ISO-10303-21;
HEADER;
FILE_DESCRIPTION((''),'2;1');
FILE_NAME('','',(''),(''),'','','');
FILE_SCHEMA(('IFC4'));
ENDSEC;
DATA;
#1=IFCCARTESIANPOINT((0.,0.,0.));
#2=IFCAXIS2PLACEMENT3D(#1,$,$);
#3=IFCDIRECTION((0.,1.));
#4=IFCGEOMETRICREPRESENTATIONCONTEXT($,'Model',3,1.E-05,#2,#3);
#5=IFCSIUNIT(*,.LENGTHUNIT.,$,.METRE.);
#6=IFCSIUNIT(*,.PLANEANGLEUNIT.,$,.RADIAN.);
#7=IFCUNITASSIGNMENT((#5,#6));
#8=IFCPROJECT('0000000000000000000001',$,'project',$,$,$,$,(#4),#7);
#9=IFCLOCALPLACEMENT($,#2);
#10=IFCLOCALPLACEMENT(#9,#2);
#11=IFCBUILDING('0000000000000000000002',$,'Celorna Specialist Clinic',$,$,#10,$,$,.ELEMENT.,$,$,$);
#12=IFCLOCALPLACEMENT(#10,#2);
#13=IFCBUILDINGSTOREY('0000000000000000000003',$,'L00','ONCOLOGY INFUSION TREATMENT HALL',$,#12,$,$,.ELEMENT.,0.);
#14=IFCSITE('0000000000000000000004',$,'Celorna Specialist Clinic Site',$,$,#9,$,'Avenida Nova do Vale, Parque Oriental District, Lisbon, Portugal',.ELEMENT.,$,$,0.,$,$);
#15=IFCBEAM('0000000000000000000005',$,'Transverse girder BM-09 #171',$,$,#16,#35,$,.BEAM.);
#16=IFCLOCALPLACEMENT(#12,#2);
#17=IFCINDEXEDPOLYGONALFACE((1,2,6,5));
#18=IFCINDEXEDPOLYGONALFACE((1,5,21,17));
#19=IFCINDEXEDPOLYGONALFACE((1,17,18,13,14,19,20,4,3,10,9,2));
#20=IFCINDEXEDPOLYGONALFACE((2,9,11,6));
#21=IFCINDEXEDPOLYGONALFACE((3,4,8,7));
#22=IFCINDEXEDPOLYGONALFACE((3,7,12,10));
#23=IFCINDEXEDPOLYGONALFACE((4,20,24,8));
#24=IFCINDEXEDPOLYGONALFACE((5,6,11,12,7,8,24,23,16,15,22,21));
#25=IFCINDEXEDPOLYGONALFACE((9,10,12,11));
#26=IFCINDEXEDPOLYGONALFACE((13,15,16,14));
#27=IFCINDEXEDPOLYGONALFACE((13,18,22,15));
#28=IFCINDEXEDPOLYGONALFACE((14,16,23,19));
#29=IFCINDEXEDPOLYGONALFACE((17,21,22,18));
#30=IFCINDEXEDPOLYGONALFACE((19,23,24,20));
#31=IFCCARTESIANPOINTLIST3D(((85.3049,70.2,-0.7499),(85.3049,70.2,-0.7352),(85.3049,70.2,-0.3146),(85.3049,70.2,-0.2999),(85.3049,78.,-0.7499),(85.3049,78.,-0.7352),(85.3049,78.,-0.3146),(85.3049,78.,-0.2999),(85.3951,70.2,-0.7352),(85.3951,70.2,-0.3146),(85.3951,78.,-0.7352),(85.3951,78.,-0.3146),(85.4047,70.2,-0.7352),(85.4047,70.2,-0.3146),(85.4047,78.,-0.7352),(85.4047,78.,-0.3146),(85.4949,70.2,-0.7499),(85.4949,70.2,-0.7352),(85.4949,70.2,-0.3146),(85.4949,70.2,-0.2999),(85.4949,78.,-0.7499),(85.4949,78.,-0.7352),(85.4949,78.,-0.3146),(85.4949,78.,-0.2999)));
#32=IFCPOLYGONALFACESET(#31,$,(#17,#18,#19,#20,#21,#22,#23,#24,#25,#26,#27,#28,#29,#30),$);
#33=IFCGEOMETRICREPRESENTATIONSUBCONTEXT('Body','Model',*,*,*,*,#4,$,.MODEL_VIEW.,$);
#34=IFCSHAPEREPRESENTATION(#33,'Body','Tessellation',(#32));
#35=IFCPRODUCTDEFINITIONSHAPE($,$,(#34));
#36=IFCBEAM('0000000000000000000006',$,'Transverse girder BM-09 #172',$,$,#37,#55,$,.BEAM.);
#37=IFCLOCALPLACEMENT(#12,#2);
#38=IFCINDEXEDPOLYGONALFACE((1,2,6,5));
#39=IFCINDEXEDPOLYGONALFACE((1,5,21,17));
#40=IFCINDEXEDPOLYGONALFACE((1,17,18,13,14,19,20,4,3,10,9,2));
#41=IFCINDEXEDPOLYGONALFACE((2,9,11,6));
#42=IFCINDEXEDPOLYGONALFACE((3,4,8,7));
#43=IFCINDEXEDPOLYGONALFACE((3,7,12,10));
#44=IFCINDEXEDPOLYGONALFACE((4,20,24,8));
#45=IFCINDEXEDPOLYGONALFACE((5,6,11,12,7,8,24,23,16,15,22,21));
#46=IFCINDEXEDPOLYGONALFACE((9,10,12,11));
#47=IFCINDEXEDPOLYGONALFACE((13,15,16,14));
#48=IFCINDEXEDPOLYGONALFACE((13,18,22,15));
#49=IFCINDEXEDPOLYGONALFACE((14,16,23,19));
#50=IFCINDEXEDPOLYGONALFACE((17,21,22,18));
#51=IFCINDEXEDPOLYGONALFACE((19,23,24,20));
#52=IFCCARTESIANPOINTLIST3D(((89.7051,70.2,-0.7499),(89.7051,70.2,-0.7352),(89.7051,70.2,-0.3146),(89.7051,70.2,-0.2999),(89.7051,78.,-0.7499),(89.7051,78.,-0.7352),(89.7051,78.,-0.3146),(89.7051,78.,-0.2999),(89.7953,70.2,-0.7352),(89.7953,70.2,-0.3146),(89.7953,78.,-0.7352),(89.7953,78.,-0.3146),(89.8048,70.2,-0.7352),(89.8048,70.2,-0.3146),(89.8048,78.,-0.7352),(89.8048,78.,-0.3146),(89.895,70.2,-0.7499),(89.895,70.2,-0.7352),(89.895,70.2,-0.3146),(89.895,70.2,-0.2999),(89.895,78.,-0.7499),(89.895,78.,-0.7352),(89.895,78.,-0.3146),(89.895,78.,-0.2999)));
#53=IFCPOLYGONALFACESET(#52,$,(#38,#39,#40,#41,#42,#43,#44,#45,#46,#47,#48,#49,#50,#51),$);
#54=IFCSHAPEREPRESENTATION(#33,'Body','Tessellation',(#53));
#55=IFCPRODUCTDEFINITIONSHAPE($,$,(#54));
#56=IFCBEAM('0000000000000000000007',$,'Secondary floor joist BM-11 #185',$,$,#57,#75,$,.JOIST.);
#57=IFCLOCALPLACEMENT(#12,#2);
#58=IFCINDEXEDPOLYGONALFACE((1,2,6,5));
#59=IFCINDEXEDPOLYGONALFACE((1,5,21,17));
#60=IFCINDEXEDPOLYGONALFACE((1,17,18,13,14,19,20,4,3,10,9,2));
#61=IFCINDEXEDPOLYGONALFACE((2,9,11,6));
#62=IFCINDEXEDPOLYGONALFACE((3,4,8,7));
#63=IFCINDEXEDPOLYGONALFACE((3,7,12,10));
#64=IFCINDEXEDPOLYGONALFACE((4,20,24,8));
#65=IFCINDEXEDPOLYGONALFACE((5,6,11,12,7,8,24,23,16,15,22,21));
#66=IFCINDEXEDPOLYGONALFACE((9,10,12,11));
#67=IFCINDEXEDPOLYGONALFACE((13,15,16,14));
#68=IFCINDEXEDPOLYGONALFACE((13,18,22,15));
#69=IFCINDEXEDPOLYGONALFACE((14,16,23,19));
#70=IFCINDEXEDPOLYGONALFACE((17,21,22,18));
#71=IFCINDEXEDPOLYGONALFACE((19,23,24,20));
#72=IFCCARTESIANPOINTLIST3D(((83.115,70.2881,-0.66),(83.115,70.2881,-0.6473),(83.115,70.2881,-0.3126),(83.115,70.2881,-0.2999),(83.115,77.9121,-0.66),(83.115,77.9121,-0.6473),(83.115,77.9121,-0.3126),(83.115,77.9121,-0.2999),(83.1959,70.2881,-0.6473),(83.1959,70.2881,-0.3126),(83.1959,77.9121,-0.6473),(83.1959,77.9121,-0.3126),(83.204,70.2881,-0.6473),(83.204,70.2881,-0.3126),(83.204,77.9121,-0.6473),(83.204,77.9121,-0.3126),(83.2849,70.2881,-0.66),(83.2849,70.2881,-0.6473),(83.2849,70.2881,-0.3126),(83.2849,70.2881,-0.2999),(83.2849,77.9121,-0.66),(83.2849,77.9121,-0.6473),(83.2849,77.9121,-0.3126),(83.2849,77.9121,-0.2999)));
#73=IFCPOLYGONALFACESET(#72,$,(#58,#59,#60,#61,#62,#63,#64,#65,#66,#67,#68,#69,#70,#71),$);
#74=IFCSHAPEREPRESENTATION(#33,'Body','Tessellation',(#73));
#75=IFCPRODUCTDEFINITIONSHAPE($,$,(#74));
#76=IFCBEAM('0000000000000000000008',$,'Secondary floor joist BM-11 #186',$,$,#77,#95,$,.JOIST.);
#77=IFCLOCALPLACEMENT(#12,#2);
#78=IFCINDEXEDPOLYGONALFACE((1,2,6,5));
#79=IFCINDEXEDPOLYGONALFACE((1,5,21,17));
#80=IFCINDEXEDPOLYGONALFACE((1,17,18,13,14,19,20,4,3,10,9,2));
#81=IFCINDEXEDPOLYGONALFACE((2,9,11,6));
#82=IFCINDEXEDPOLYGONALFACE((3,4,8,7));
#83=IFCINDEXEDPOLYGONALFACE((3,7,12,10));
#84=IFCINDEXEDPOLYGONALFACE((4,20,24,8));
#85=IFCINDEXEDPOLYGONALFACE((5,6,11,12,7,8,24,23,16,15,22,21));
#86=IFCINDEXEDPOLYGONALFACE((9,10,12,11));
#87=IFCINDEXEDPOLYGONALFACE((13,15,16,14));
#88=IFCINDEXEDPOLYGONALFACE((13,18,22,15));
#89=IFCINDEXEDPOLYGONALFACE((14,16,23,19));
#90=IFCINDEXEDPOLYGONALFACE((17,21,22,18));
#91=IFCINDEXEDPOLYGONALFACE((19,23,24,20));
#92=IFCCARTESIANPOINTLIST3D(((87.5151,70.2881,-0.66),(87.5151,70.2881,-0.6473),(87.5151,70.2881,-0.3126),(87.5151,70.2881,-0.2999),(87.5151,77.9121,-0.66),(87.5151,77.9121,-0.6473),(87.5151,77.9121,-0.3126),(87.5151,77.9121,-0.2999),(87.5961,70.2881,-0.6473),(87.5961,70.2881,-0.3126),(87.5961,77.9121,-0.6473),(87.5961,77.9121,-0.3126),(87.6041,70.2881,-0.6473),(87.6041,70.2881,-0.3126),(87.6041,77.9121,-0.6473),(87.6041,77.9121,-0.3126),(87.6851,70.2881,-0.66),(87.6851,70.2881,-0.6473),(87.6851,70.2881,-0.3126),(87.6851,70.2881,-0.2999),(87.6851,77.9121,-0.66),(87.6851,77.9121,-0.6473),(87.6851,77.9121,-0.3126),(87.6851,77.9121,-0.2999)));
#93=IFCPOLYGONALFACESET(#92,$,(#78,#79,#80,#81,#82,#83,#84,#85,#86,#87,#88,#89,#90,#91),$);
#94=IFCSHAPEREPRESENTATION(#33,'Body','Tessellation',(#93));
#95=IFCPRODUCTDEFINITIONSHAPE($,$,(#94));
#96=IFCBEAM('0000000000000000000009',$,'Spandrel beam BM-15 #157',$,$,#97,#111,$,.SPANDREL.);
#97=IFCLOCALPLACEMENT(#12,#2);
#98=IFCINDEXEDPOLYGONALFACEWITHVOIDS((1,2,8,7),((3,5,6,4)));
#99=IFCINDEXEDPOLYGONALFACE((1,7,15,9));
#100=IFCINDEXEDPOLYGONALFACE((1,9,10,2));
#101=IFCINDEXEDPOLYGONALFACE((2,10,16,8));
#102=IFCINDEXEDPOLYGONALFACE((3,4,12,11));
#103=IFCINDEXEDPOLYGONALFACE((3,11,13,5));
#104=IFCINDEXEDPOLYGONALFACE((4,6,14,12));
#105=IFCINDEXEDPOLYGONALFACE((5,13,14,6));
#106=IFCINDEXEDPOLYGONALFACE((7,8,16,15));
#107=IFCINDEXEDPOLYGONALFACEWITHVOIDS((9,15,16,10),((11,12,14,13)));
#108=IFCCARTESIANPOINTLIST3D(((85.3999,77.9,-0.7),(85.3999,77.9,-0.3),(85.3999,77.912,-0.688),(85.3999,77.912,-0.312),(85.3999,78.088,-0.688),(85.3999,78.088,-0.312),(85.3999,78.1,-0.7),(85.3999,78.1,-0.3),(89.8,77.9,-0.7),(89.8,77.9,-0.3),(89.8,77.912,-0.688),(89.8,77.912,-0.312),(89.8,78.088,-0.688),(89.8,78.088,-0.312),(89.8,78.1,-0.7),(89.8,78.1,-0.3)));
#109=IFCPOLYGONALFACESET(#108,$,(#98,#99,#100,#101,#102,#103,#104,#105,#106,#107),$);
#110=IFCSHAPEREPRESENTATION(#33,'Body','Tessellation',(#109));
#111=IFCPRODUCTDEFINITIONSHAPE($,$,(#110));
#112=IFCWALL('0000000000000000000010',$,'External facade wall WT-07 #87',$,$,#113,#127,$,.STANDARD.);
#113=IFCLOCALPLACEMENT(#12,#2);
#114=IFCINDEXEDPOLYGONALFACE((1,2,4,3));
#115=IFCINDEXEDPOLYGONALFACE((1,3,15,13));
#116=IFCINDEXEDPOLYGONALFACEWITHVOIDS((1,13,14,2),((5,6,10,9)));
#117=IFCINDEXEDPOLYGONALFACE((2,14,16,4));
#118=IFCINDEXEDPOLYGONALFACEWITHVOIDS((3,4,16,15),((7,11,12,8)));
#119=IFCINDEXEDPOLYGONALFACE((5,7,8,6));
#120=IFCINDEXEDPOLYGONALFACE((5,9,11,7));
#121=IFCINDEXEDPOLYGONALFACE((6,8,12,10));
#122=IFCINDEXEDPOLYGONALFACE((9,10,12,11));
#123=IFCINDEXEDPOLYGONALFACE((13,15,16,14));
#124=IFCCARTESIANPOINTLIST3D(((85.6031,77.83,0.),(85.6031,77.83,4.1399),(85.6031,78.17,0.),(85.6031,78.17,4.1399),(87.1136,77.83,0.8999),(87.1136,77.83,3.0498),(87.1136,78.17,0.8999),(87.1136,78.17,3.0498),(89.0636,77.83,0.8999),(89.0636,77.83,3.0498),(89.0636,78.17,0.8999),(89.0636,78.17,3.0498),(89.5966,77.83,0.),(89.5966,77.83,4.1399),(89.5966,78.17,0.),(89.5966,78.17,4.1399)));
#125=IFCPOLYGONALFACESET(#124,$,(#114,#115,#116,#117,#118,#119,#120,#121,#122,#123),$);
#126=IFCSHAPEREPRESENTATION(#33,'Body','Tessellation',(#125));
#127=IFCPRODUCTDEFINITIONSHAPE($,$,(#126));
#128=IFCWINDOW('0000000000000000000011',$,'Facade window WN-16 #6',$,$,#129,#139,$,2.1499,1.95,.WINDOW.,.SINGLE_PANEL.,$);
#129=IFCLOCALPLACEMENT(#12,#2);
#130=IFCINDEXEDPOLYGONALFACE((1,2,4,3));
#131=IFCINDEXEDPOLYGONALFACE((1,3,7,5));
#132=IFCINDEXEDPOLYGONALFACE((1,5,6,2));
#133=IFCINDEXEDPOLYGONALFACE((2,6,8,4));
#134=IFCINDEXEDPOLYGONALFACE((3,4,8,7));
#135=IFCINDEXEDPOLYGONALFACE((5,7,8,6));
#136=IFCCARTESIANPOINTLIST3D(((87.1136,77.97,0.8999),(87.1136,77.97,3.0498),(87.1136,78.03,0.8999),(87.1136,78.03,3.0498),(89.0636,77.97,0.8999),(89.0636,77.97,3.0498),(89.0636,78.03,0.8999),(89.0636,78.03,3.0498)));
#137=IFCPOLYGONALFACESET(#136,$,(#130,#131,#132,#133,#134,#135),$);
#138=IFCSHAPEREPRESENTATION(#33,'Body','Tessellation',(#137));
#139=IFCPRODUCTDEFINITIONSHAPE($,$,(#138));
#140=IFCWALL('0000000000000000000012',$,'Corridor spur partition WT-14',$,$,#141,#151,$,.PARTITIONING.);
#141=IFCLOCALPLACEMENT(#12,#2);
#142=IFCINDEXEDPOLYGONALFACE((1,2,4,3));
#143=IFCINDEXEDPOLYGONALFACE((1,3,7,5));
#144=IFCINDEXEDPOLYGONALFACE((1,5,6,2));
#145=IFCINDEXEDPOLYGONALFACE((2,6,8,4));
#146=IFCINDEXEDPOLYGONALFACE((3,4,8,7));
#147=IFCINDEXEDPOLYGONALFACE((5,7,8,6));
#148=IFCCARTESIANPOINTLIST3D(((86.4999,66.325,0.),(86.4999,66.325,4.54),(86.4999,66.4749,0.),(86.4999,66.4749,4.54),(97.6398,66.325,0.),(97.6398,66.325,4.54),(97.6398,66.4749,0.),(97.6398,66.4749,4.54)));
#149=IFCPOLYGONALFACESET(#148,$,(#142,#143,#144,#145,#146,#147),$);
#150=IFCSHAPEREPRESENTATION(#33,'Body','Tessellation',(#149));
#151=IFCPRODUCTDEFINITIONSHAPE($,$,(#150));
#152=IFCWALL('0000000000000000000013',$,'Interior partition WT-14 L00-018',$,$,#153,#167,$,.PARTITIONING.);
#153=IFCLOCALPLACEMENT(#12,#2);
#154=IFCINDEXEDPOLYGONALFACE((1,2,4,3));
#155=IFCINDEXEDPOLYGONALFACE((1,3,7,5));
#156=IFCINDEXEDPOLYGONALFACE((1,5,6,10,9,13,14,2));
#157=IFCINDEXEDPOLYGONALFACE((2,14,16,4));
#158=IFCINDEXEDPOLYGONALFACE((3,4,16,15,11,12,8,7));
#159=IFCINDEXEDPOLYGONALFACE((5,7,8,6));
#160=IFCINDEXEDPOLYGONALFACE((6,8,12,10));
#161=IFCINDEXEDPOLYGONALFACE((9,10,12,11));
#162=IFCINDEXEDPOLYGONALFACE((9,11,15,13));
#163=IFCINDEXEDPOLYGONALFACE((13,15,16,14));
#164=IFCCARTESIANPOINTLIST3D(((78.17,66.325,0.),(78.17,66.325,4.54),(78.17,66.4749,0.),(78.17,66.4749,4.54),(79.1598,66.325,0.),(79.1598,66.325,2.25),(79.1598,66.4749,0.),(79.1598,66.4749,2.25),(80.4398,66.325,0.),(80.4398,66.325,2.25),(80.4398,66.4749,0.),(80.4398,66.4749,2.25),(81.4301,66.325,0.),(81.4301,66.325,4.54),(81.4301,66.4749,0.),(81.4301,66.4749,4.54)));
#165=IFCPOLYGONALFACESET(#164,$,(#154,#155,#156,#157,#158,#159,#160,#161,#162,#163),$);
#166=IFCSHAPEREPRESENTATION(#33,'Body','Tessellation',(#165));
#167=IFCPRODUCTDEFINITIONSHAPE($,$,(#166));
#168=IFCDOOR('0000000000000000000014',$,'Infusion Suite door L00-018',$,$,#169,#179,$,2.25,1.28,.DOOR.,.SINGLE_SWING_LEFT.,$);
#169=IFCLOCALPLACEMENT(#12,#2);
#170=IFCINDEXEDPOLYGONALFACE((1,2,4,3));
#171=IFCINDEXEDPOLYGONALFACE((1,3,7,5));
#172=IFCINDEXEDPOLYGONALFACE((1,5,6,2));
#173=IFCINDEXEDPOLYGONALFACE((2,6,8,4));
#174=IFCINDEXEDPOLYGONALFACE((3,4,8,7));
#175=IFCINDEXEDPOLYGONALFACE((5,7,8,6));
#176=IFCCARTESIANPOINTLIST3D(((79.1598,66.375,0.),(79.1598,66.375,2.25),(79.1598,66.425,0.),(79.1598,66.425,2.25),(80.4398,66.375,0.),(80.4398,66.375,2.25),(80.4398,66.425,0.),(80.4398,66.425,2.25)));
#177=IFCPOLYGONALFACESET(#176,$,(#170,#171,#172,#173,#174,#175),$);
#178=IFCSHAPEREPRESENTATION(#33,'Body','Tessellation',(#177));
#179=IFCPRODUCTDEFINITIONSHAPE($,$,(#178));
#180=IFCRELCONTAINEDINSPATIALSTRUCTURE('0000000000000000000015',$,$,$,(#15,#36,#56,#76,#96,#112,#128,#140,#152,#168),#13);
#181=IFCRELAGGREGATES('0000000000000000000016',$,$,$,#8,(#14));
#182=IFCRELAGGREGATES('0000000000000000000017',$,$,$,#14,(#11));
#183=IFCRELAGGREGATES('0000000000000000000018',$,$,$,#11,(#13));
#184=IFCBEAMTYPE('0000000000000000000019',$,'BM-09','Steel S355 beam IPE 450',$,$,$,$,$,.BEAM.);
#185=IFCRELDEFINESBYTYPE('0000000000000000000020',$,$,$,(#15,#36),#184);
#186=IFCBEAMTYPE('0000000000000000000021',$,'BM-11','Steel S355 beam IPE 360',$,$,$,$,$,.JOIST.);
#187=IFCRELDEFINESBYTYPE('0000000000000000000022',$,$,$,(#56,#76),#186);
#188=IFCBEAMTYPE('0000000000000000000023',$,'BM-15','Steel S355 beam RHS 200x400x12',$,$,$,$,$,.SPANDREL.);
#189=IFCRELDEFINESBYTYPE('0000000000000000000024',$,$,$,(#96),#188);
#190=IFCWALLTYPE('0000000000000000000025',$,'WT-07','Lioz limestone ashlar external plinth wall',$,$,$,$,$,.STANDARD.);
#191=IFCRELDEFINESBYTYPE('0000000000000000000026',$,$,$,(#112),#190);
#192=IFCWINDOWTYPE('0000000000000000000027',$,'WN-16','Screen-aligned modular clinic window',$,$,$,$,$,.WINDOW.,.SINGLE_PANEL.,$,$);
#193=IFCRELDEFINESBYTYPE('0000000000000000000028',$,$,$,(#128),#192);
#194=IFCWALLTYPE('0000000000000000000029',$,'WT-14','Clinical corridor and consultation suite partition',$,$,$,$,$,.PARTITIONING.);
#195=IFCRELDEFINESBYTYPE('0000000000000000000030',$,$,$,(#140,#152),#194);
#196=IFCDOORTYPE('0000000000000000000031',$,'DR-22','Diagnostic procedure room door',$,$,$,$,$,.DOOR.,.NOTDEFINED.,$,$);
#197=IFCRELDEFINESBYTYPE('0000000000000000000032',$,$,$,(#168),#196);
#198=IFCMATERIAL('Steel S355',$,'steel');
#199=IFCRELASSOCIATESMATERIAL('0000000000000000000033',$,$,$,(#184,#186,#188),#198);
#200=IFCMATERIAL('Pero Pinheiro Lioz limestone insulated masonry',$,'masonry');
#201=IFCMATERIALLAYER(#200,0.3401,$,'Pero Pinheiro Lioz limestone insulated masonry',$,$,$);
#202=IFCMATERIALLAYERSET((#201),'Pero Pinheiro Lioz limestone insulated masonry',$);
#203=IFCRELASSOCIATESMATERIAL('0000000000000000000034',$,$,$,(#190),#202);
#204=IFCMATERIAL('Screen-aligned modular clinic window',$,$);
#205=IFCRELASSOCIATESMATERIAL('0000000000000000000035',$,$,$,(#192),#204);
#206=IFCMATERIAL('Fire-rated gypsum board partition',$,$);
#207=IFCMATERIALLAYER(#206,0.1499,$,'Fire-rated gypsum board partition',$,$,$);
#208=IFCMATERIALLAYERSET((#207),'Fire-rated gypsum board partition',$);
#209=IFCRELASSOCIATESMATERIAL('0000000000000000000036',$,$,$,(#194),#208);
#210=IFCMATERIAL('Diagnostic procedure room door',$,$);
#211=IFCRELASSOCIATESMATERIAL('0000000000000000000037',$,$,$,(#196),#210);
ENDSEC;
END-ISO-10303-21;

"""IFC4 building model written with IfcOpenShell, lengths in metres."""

from ifc_helpers import new_model, si_unit, direction, frame, frame_2d, origin, origin_2d, place, context, subcontext, project, spatial, rectangle, hollow_rectangle, i_section, extrude, material, layer, layer_set, material_profile, profile_set, type_object, element, fill, save


model = new_model("IFC4")

# Units and contexts
model_context = context("Model", 3, precision=1e-05, world=origin(), true_north=direction((0.0, 1.0)))
body_context = subcontext(model_context, "Body", "Model", "MODEL_VIEW")
ifc_project = project(units=[si_unit("LENGTHUNIT", "METRE"), si_unit("PLANEANGLEUNIT", "RADIAN")], contexts=[model_context])

# Site, building, storey
site_placement = place(None, origin())
site = spatial("IfcSite", under=ifc_project, at=site_placement, Name="Celorna Specialist Clinic Site", LongName="Avenida Nova do Vale, Parque Oriental District, Lisbon, Portugal", CompositionType="ELEMENT", RefElevation=0.0)
building_placement = place(site_placement, origin())
building = spatial("IfcBuilding", under=site, at=building_placement, Name="Celorna Specialist Clinic", CompositionType="ELEMENT")
storey_placement = place(building_placement, origin())
storey = spatial("IfcBuildingStorey", under=building, at=storey_placement, Name="L00", Description="ONCOLOGY INFUSION TREATMENT HALL", CompositionType="ELEMENT", Elevation=0.0)

# Shared definitions
ifc_material_1 = material(Name="Steel S355", Category="steel")

# Beams
ifc_material_profile_1 = material_profile(ifc_material_1, i_section(OverallWidth=0.1899, OverallDepth=0.45, WebThickness=0.0095, FlangeThickness=0.0146, at=origin_2d()), Name="IPE 450")
ifc_profile_set_1 = profile_set([ifc_material_profile_1], Name="Steel S355")
beam_type_1 = type_object("IfcBeamType", Name="BM-09", Description="Steel S355 beam IPE 450", PredefinedType="BEAM", material=ifc_profile_set_1)
for number, where, z_axis, x_axis, name in (
    (1, (85.3999, 70.2, -0.5249), (0.0, 1.0, 0.0), (-1.0, 0.0, 0.0), "Transverse girder BM-09 #171"),
    (2, (89.8, 70.2, -0.5249), (0.0, 1.0, 0.0), (-1.0, 0.0, 0.0), "Transverse girder BM-09 #172"),
):
    element("IfcBeam", number, at=place(storey_placement, frame(where, z_axis=z_axis, x_axis=x_axis)), inside=storey, type_object=beam_type_1, Name=name, PredefinedType="BEAM", context=body_context, shape_type="SweptSolid", body=[
        extrude(i_section(OverallWidth=0.1899, OverallDepth=0.45, WebThickness=0.0095, FlangeThickness=0.0146, at=origin_2d()), origin(), (0.0, 0.0, 1.0), 7.8),
    ])
ifc_material_profile_2 = material_profile(ifc_material_1, i_section(OverallWidth=0.1699, OverallDepth=0.3601, WebThickness=0.0081, FlangeThickness=0.0127, at=origin_2d()), Name="IPE 360")
ifc_profile_set_2 = profile_set([ifc_material_profile_2], Name="Steel S355")
beam_type_2 = type_object("IfcBeamType", Name="BM-11", Description="Steel S355 beam IPE 360", PredefinedType="JOIST", material=ifc_profile_set_2)
for number, where, z_axis, x_axis, name in (
    (3, (83.2, 70.2881, -0.48), (0.0, 1.0, 0.0), (-1.0, 0.0, 0.0), "Secondary floor joist BM-11 #185"),
    (4, (87.6001, 70.2881, -0.48), (0.0, 1.0, 0.0), (-1.0, 0.0, 0.0), "Secondary floor joist BM-11 #186"),
):
    element("IfcBeam", number, at=place(storey_placement, frame(where, z_axis=z_axis, x_axis=x_axis)), inside=storey, type_object=beam_type_2, Name=name, PredefinedType="JOIST", context=body_context, shape_type="SweptSolid", body=[
        extrude(i_section(OverallWidth=0.1699, OverallDepth=0.3601, WebThickness=0.0081, FlangeThickness=0.0127, at=origin_2d()), origin(), (0.0, 0.0, 1.0), 7.624),
    ])
ifc_material_profile_3 = material_profile(ifc_material_1, hollow_rectangle(XDim=0.2, YDim=0.3999, WallThickness=0.012, at=origin_2d()), Name="RHS 200x400x12")
ifc_profile_set_3 = profile_set([ifc_material_profile_3], Name="Steel S355")
beam_type_3 = type_object("IfcBeamType", Name="BM-15", Description="Steel S355 beam RHS 200x400x12", PredefinedType="SPANDREL", material=ifc_profile_set_3)
beam_1_placement = place(storey_placement, frame((85.3999, 78.0, -0.5), z_axis=(1.0, 0.0, 0.0), x_axis=(0.0, 1.0, 0.0)))
element("IfcBeam", 5, at=beam_1_placement, inside=storey, type_object=beam_type_3, Name="Spandrel beam BM-15 #157", PredefinedType="SPANDREL", context=body_context, shape_type="SweptSolid", body=[
    extrude(hollow_rectangle(XDim=0.2, YDim=0.3999, WallThickness=0.012, at=origin_2d()), origin(), (0.0, 0.0, 1.0), 4.4001),
])

# Wall, opening, window
ifc_material_2 = material(Name="Pero Pinheiro Lioz limestone insulated masonry", Category="masonry")
ifc_layer_1 = layer(ifc_material_2, 0.3401, Name="Pero Pinheiro Lioz limestone insulated masonry")
ifc_layer_set_1 = layer_set([ifc_layer_1], Name="Pero Pinheiro Lioz limestone insulated masonry")
wall_type_1 = type_object("IfcWallType", Name="WT-07", Description="Lioz limestone ashlar external plinth wall", PredefinedType="STANDARD", material=ifc_layer_set_1)
wall_1_placement = place(storey_placement, frame((85.6033, 78.0, 0.0), z_axis=(0.0, 0.0, 1.0), x_axis=(1.0, 0.0, 0.0)))
wall_1 = element("IfcWall", 6, at=wall_1_placement, inside=storey, type_object=wall_type_1, Name="External facade wall WT-07 #87", PredefinedType="STANDARD", context=body_context, shape_type="SweptSolid", body=[
    extrude(rectangle(XDim=3.9934, YDim=0.3401, at=frame_2d((1.9966, 0.0))), origin(), (0.0, 0.0, 1.0), 4.1399),
])
opening_1_placement = place(wall_1_placement, frame((1.5103, 0.0, 0.8999)))
opening_1 = element("IfcOpeningElement", 7, at=opening_1_placement, cuts=wall_1, PredefinedType="OPENING", context=body_context, shape_type="SweptSolid", body=[
    extrude(rectangle(XDim=1.95, YDim=2.1499, at=frame_2d((0.9751, 1.075))), frame((0.0, 0.1799, 0.0), z_axis=(0.0, -1.0, 0.0), x_axis=(1.0, 0.0, 0.0)), (0.0, 0.0, 1.0), 0.3601),
])
ifc_material_3 = material(Name="Screen-aligned modular clinic window")
window_type = type_object("IfcWindowType", Name="WN-16", Description="Screen-aligned modular clinic window", PartitioningType="SINGLE_PANEL", PredefinedType="WINDOW", material=ifc_material_3)
window_placement = place(opening_1_placement, origin())
window = element("IfcWindow", 8, at=window_placement, inside=storey, type_object=window_type, Name="Facade window WN-16 #6", OverallHeight=2.1499, OverallWidth=1.95, PartitioningType="SINGLE_PANEL", PredefinedType="WINDOW", context=body_context, shape_type="SweptSolid", body=[
    extrude(rectangle(XDim=1.95, YDim=2.1499, at=frame_2d((0.9751, 1.075))), frame((0.0, 0.03, 0.0), z_axis=(0.0, -1.0, 0.0), x_axis=(1.0, 0.0, 0.0)), (0.0, 0.0, 1.0), 0.0601),
])
fill(opening_1, window)

# Wall
ifc_material_4 = material(Name="Fire-rated gypsum board partition")
ifc_layer_2 = layer(ifc_material_4, 0.1499, Name="Fire-rated gypsum board partition")
ifc_layer_set_2 = layer_set([ifc_layer_2], Name="Fire-rated gypsum board partition")
wall_type_2 = type_object("IfcWallType", Name="WT-14", Description="Clinical corridor and consultation suite partition", PredefinedType="PARTITIONING", material=ifc_layer_set_2)
wall_2_placement = place(storey_placement, frame((86.5, 66.3999, 0.0), z_axis=(0.0, 0.0, 1.0), x_axis=(1.0, 0.0, 0.0)))
element("IfcWall", 9, at=wall_2_placement, inside=storey, type_object=wall_type_2, Name="Corridor spur partition WT-14", PredefinedType="PARTITIONING", context=body_context, shape_type="SweptSolid", body=[
    extrude(rectangle(XDim=11.1399, YDim=0.1499, at=frame_2d((5.5698, 0.0))), origin(), (0.0, 0.0, 1.0), 4.54),
])

# Wall, opening, door
wall_3_placement = place(storey_placement, frame((81.4299, 66.3999, 0.0), z_axis=(0.0, 0.0, 1.0), x_axis=(-1.0, 0.0, 0.0)))
wall_3 = element("IfcWall", 10, at=wall_3_placement, inside=storey, type_object=wall_type_2, Name="Interior partition WT-14 L00-018", PredefinedType="PARTITIONING", context=body_context, shape_type="SweptSolid", body=[
    extrude(rectangle(XDim=3.26, YDim=0.1499, at=frame_2d((1.6299, 0.0))), origin(), (0.0, 0.0, 1.0), 4.54),
])
opening_2_placement = place(wall_3_placement, frame((0.99, 0.0, 0.0)))
opening_2 = element("IfcOpeningElement", 11, at=opening_2_placement, cuts=wall_3, PredefinedType="OPENING", context=body_context, shape_type="SweptSolid", body=[
    extrude(rectangle(XDim=1.28, YDim=2.25, at=frame_2d((0.6401, 1.125))), frame((0.0, 0.085, 0.0), z_axis=(0.0, -1.0, 0.0), x_axis=(1.0, 0.0, 0.0)), (0.0, 0.0, 1.0), 0.1699),
])
ifc_material_5 = material(Name="Diagnostic procedure room door")
door_type = type_object("IfcDoorType", Name="DR-22", Description="Diagnostic procedure room door", OperationType="NOTDEFINED", PredefinedType="DOOR", material=ifc_material_5)
door_placement = place(opening_2_placement, origin())
door = element("IfcDoor", 12, at=door_placement, inside=storey, type_object=door_type, Name="Infusion Suite door L00-018", OperationType="SINGLE_SWING_LEFT", OverallHeight=2.25, OverallWidth=1.28, PredefinedType="DOOR", context=body_context, shape_type="SweptSolid", body=[
    extrude(rectangle(XDim=1.28, YDim=2.25, at=frame_2d((0.6401, 1.125))), frame((0.0, 0.0249, 0.0), z_axis=(0.0, -1.0, 0.0), x_axis=(1.0, 0.0, 0.0)), (0.0, 0.0, 1.0), 0.05),
])
fill(opening_2, door)

save(model, "model.ifc")
